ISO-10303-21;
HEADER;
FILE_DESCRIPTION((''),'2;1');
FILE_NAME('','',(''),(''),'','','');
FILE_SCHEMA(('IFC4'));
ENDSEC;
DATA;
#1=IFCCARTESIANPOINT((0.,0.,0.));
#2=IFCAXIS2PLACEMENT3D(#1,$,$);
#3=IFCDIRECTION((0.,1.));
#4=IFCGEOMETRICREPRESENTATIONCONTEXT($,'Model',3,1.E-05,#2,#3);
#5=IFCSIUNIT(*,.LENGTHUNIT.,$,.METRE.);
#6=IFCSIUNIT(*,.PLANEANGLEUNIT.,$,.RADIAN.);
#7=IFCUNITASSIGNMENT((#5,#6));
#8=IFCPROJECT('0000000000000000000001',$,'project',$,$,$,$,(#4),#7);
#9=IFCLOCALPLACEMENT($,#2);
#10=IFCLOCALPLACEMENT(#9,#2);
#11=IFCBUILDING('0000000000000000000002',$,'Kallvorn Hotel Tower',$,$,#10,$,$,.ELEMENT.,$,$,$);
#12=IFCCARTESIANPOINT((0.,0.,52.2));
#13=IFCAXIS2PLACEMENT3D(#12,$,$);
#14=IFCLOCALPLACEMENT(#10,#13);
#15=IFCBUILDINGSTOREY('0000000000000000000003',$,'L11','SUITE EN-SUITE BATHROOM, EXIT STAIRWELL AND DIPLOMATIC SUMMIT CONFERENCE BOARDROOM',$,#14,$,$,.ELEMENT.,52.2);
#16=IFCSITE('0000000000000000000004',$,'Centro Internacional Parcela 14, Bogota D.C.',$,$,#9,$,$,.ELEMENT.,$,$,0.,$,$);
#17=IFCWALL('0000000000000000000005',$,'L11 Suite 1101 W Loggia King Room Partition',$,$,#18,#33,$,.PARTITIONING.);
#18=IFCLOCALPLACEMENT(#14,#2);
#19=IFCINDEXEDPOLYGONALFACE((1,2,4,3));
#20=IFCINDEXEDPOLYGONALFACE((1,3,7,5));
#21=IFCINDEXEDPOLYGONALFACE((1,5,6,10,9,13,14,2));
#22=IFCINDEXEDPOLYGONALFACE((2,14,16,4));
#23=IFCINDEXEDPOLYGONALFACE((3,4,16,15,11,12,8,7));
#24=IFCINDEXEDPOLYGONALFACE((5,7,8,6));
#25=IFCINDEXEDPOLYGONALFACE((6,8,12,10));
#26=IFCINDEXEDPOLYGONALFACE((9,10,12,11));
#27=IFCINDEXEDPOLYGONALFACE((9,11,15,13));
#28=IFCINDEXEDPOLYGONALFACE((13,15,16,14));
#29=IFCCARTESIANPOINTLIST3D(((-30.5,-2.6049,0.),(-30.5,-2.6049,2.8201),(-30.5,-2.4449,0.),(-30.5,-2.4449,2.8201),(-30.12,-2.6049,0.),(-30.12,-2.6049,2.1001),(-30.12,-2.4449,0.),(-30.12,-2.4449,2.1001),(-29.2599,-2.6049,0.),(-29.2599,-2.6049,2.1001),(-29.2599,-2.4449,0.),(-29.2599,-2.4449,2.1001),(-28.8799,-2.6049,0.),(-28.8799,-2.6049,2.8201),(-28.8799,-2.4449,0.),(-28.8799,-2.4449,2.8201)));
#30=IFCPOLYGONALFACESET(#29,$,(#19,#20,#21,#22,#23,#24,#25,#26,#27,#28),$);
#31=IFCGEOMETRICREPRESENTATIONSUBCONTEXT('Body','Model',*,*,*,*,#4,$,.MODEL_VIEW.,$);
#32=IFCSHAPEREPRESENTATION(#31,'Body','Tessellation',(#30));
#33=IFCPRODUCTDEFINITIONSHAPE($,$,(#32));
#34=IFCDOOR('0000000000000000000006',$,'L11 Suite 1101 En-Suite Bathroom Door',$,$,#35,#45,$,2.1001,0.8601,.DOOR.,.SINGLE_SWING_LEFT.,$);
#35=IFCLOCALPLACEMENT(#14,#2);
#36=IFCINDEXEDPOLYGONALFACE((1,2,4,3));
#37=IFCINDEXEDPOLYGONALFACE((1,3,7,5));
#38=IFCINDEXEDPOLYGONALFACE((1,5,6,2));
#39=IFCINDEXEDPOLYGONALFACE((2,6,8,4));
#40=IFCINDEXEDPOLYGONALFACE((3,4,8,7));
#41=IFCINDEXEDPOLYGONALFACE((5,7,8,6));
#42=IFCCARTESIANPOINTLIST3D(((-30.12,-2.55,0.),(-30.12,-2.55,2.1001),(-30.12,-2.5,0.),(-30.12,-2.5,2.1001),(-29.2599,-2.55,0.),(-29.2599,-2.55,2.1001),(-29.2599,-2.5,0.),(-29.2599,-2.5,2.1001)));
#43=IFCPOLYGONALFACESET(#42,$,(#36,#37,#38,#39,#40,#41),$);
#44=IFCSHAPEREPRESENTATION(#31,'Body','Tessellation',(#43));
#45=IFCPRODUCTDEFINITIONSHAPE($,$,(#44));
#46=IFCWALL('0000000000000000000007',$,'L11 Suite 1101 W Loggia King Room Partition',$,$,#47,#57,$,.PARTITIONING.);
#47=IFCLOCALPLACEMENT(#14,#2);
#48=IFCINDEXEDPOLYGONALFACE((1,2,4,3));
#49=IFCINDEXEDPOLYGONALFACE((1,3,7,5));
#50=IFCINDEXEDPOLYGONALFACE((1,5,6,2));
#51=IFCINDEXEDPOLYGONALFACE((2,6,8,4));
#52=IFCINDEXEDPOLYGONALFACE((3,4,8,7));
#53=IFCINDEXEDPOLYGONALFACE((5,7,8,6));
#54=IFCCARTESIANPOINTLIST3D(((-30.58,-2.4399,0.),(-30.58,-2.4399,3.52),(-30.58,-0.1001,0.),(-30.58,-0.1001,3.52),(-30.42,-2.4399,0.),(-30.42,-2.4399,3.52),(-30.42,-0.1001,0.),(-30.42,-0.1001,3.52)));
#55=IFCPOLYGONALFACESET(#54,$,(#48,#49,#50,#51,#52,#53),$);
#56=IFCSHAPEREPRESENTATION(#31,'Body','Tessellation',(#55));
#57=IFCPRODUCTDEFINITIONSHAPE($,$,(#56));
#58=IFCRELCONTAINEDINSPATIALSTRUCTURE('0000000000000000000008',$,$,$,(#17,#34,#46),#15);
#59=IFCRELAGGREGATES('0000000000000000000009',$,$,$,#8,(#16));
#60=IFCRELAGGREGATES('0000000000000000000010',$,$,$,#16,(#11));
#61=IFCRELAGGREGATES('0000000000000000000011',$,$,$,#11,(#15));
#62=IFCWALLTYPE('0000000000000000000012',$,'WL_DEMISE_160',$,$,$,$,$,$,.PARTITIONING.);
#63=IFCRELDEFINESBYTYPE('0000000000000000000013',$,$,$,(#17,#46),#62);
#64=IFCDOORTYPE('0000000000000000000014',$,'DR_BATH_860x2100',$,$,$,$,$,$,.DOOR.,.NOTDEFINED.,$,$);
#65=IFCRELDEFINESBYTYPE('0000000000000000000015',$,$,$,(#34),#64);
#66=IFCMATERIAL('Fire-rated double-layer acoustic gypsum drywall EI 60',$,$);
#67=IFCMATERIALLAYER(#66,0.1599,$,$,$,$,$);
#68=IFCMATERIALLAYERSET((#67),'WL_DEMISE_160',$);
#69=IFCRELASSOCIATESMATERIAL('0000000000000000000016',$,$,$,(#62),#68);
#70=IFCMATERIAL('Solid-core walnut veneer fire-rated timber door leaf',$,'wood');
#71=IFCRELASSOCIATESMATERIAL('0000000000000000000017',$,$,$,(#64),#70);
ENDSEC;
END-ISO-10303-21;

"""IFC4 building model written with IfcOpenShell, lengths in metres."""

from ifc_helpers import new_model, si_unit, direction, frame, frame_2d, origin, place, context, subcontext, project, spatial, rectangle, extrude, material, layer, layer_set, type_object, element, fill, save


model = new_model("IFC4")

# Units and contexts
model_context = context("Model", 3, precision=1e-05, world=origin(), true_north=direction((0.0, 1.0)))
body_context = subcontext(model_context, "Body", "Model", "MODEL_VIEW")
ifc_project = project(units=[si_unit("LENGTHUNIT", "METRE"), si_unit("PLANEANGLEUNIT", "RADIAN")], contexts=[model_context])

# Site, building, storey
site_placement = place(None, origin())
site = spatial("IfcSite", under=ifc_project, at=site_placement, Name="Centro Internacional Parcela 14, Bogota D.C.", CompositionType="ELEMENT", RefElevation=0.0)
building_placement = place(site_placement, origin())
building = spatial("IfcBuilding", under=site, at=building_placement, Name="Kallvorn Hotel Tower", CompositionType="ELEMENT")
storey_placement = place(building_placement, frame((0.0, 0.0, 52.2)))
storey = spatial("IfcBuildingStorey", under=building, at=storey_placement, Name="L11", Description="SUITE EN-SUITE BATHROOM, EXIT STAIRWELL AND DIPLOMATIC SUMMIT CONFERENCE BOARDROOM", CompositionType="ELEMENT", Elevation=52.2)

# Shared definitions
ifc_material_1 = material(Name="Fire-rated double-layer acoustic gypsum drywall EI 60")
ifc_layer = layer(ifc_material_1, 0.1599)
ifc_layer_set = layer_set([ifc_layer], Name="WL_DEMISE_160")
wall_type = type_object("IfcWallType", Name="WL_DEMISE_160", PredefinedType="PARTITIONING", material=ifc_layer_set)

# Wall, opening, door
wall_1_placement = place(storey_placement, frame((-30.5, -2.5249, 0.0), z_axis=(0.0, 0.0, 1.0), x_axis=(1.0, 0.0, 0.0)))
wall_1 = element("IfcWall", 1, at=wall_1_placement, inside=storey, type_object=wall_type, Name="L11 Suite 1101 W Loggia King Room Partition", PredefinedType="PARTITIONING", context=body_context, shape_type="SweptSolid", body=[
    extrude(rectangle(XDim=1.6201, YDim=0.1599, at=frame_2d((0.8101, 0.0))), origin(), (0.0, 0.0, 1.0), 2.8201),
])
opening_1_placement = place(wall_1_placement, frame((0.3799, 0.0, 0.0)))
opening_1 = element("IfcOpeningElement", 2, at=opening_1_placement, cuts=wall_1, PredefinedType="OPENING", context=body_context, shape_type="SweptSolid", body=[
    extrude(rectangle(XDim=0.8601, YDim=2.1001, at=frame_2d((0.4302, 1.05))), frame((0.0, 0.095, 0.0), z_axis=(0.0, -1.0, 0.0), x_axis=(1.0, 0.0, 0.0)), (0.0, 0.0, 1.0), 0.1899),
])
ifc_material_2 = material(Name="Solid-core walnut veneer fire-rated timber door leaf", Category="wood")
door_type_1 = type_object("IfcDoorType", Name="DR_BATH_860x2100", OperationType="NOTDEFINED", PredefinedType="DOOR", material=ifc_material_2)
door_1_placement = place(opening_1_placement, origin())
door_1 = element("IfcDoor", 3, at=door_1_placement, inside=storey, type_object=door_type_1, Name="L11 Suite 1101 En-Suite Bathroom Door", OperationType="SINGLE_SWING_LEFT", OverallHeight=2.1001, OverallWidth=0.8601, PredefinedType="DOOR", context=body_context, shape_type="SweptSolid", body=[
    extrude(rectangle(XDim=0.8601, YDim=2.1001, at=frame_2d((0.4302, 1.05))), frame((0.0, 0.0249, 0.0), z_axis=(0.0, -1.0, 0.0), x_axis=(1.0, 0.0, 0.0)), (0.0, 0.0, 1.0), 0.05),
])
fill(opening_1, door_1)

# Wall
wall_2_placement = place(storey_placement, frame((-30.5, -2.4399, 0.0), z_axis=(0.0, 0.0, 1.0), x_axis=(0.0, 1.0, 0.0)))
element("IfcWall", 4, at=wall_2_placement, inside=storey, type_object=wall_type, Name="L11 Suite 1101 W Loggia King Room Partition", PredefinedType="PARTITIONING", context=body_context, shape_type="SweptSolid", body=[
    extrude(rectangle(XDim=2.3398, YDim=0.1599, at=frame_2d((1.1699, 0.0))), origin(), (0.0, 0.0, 1.0), 3.52),
])

save(model, "model.ifc")
